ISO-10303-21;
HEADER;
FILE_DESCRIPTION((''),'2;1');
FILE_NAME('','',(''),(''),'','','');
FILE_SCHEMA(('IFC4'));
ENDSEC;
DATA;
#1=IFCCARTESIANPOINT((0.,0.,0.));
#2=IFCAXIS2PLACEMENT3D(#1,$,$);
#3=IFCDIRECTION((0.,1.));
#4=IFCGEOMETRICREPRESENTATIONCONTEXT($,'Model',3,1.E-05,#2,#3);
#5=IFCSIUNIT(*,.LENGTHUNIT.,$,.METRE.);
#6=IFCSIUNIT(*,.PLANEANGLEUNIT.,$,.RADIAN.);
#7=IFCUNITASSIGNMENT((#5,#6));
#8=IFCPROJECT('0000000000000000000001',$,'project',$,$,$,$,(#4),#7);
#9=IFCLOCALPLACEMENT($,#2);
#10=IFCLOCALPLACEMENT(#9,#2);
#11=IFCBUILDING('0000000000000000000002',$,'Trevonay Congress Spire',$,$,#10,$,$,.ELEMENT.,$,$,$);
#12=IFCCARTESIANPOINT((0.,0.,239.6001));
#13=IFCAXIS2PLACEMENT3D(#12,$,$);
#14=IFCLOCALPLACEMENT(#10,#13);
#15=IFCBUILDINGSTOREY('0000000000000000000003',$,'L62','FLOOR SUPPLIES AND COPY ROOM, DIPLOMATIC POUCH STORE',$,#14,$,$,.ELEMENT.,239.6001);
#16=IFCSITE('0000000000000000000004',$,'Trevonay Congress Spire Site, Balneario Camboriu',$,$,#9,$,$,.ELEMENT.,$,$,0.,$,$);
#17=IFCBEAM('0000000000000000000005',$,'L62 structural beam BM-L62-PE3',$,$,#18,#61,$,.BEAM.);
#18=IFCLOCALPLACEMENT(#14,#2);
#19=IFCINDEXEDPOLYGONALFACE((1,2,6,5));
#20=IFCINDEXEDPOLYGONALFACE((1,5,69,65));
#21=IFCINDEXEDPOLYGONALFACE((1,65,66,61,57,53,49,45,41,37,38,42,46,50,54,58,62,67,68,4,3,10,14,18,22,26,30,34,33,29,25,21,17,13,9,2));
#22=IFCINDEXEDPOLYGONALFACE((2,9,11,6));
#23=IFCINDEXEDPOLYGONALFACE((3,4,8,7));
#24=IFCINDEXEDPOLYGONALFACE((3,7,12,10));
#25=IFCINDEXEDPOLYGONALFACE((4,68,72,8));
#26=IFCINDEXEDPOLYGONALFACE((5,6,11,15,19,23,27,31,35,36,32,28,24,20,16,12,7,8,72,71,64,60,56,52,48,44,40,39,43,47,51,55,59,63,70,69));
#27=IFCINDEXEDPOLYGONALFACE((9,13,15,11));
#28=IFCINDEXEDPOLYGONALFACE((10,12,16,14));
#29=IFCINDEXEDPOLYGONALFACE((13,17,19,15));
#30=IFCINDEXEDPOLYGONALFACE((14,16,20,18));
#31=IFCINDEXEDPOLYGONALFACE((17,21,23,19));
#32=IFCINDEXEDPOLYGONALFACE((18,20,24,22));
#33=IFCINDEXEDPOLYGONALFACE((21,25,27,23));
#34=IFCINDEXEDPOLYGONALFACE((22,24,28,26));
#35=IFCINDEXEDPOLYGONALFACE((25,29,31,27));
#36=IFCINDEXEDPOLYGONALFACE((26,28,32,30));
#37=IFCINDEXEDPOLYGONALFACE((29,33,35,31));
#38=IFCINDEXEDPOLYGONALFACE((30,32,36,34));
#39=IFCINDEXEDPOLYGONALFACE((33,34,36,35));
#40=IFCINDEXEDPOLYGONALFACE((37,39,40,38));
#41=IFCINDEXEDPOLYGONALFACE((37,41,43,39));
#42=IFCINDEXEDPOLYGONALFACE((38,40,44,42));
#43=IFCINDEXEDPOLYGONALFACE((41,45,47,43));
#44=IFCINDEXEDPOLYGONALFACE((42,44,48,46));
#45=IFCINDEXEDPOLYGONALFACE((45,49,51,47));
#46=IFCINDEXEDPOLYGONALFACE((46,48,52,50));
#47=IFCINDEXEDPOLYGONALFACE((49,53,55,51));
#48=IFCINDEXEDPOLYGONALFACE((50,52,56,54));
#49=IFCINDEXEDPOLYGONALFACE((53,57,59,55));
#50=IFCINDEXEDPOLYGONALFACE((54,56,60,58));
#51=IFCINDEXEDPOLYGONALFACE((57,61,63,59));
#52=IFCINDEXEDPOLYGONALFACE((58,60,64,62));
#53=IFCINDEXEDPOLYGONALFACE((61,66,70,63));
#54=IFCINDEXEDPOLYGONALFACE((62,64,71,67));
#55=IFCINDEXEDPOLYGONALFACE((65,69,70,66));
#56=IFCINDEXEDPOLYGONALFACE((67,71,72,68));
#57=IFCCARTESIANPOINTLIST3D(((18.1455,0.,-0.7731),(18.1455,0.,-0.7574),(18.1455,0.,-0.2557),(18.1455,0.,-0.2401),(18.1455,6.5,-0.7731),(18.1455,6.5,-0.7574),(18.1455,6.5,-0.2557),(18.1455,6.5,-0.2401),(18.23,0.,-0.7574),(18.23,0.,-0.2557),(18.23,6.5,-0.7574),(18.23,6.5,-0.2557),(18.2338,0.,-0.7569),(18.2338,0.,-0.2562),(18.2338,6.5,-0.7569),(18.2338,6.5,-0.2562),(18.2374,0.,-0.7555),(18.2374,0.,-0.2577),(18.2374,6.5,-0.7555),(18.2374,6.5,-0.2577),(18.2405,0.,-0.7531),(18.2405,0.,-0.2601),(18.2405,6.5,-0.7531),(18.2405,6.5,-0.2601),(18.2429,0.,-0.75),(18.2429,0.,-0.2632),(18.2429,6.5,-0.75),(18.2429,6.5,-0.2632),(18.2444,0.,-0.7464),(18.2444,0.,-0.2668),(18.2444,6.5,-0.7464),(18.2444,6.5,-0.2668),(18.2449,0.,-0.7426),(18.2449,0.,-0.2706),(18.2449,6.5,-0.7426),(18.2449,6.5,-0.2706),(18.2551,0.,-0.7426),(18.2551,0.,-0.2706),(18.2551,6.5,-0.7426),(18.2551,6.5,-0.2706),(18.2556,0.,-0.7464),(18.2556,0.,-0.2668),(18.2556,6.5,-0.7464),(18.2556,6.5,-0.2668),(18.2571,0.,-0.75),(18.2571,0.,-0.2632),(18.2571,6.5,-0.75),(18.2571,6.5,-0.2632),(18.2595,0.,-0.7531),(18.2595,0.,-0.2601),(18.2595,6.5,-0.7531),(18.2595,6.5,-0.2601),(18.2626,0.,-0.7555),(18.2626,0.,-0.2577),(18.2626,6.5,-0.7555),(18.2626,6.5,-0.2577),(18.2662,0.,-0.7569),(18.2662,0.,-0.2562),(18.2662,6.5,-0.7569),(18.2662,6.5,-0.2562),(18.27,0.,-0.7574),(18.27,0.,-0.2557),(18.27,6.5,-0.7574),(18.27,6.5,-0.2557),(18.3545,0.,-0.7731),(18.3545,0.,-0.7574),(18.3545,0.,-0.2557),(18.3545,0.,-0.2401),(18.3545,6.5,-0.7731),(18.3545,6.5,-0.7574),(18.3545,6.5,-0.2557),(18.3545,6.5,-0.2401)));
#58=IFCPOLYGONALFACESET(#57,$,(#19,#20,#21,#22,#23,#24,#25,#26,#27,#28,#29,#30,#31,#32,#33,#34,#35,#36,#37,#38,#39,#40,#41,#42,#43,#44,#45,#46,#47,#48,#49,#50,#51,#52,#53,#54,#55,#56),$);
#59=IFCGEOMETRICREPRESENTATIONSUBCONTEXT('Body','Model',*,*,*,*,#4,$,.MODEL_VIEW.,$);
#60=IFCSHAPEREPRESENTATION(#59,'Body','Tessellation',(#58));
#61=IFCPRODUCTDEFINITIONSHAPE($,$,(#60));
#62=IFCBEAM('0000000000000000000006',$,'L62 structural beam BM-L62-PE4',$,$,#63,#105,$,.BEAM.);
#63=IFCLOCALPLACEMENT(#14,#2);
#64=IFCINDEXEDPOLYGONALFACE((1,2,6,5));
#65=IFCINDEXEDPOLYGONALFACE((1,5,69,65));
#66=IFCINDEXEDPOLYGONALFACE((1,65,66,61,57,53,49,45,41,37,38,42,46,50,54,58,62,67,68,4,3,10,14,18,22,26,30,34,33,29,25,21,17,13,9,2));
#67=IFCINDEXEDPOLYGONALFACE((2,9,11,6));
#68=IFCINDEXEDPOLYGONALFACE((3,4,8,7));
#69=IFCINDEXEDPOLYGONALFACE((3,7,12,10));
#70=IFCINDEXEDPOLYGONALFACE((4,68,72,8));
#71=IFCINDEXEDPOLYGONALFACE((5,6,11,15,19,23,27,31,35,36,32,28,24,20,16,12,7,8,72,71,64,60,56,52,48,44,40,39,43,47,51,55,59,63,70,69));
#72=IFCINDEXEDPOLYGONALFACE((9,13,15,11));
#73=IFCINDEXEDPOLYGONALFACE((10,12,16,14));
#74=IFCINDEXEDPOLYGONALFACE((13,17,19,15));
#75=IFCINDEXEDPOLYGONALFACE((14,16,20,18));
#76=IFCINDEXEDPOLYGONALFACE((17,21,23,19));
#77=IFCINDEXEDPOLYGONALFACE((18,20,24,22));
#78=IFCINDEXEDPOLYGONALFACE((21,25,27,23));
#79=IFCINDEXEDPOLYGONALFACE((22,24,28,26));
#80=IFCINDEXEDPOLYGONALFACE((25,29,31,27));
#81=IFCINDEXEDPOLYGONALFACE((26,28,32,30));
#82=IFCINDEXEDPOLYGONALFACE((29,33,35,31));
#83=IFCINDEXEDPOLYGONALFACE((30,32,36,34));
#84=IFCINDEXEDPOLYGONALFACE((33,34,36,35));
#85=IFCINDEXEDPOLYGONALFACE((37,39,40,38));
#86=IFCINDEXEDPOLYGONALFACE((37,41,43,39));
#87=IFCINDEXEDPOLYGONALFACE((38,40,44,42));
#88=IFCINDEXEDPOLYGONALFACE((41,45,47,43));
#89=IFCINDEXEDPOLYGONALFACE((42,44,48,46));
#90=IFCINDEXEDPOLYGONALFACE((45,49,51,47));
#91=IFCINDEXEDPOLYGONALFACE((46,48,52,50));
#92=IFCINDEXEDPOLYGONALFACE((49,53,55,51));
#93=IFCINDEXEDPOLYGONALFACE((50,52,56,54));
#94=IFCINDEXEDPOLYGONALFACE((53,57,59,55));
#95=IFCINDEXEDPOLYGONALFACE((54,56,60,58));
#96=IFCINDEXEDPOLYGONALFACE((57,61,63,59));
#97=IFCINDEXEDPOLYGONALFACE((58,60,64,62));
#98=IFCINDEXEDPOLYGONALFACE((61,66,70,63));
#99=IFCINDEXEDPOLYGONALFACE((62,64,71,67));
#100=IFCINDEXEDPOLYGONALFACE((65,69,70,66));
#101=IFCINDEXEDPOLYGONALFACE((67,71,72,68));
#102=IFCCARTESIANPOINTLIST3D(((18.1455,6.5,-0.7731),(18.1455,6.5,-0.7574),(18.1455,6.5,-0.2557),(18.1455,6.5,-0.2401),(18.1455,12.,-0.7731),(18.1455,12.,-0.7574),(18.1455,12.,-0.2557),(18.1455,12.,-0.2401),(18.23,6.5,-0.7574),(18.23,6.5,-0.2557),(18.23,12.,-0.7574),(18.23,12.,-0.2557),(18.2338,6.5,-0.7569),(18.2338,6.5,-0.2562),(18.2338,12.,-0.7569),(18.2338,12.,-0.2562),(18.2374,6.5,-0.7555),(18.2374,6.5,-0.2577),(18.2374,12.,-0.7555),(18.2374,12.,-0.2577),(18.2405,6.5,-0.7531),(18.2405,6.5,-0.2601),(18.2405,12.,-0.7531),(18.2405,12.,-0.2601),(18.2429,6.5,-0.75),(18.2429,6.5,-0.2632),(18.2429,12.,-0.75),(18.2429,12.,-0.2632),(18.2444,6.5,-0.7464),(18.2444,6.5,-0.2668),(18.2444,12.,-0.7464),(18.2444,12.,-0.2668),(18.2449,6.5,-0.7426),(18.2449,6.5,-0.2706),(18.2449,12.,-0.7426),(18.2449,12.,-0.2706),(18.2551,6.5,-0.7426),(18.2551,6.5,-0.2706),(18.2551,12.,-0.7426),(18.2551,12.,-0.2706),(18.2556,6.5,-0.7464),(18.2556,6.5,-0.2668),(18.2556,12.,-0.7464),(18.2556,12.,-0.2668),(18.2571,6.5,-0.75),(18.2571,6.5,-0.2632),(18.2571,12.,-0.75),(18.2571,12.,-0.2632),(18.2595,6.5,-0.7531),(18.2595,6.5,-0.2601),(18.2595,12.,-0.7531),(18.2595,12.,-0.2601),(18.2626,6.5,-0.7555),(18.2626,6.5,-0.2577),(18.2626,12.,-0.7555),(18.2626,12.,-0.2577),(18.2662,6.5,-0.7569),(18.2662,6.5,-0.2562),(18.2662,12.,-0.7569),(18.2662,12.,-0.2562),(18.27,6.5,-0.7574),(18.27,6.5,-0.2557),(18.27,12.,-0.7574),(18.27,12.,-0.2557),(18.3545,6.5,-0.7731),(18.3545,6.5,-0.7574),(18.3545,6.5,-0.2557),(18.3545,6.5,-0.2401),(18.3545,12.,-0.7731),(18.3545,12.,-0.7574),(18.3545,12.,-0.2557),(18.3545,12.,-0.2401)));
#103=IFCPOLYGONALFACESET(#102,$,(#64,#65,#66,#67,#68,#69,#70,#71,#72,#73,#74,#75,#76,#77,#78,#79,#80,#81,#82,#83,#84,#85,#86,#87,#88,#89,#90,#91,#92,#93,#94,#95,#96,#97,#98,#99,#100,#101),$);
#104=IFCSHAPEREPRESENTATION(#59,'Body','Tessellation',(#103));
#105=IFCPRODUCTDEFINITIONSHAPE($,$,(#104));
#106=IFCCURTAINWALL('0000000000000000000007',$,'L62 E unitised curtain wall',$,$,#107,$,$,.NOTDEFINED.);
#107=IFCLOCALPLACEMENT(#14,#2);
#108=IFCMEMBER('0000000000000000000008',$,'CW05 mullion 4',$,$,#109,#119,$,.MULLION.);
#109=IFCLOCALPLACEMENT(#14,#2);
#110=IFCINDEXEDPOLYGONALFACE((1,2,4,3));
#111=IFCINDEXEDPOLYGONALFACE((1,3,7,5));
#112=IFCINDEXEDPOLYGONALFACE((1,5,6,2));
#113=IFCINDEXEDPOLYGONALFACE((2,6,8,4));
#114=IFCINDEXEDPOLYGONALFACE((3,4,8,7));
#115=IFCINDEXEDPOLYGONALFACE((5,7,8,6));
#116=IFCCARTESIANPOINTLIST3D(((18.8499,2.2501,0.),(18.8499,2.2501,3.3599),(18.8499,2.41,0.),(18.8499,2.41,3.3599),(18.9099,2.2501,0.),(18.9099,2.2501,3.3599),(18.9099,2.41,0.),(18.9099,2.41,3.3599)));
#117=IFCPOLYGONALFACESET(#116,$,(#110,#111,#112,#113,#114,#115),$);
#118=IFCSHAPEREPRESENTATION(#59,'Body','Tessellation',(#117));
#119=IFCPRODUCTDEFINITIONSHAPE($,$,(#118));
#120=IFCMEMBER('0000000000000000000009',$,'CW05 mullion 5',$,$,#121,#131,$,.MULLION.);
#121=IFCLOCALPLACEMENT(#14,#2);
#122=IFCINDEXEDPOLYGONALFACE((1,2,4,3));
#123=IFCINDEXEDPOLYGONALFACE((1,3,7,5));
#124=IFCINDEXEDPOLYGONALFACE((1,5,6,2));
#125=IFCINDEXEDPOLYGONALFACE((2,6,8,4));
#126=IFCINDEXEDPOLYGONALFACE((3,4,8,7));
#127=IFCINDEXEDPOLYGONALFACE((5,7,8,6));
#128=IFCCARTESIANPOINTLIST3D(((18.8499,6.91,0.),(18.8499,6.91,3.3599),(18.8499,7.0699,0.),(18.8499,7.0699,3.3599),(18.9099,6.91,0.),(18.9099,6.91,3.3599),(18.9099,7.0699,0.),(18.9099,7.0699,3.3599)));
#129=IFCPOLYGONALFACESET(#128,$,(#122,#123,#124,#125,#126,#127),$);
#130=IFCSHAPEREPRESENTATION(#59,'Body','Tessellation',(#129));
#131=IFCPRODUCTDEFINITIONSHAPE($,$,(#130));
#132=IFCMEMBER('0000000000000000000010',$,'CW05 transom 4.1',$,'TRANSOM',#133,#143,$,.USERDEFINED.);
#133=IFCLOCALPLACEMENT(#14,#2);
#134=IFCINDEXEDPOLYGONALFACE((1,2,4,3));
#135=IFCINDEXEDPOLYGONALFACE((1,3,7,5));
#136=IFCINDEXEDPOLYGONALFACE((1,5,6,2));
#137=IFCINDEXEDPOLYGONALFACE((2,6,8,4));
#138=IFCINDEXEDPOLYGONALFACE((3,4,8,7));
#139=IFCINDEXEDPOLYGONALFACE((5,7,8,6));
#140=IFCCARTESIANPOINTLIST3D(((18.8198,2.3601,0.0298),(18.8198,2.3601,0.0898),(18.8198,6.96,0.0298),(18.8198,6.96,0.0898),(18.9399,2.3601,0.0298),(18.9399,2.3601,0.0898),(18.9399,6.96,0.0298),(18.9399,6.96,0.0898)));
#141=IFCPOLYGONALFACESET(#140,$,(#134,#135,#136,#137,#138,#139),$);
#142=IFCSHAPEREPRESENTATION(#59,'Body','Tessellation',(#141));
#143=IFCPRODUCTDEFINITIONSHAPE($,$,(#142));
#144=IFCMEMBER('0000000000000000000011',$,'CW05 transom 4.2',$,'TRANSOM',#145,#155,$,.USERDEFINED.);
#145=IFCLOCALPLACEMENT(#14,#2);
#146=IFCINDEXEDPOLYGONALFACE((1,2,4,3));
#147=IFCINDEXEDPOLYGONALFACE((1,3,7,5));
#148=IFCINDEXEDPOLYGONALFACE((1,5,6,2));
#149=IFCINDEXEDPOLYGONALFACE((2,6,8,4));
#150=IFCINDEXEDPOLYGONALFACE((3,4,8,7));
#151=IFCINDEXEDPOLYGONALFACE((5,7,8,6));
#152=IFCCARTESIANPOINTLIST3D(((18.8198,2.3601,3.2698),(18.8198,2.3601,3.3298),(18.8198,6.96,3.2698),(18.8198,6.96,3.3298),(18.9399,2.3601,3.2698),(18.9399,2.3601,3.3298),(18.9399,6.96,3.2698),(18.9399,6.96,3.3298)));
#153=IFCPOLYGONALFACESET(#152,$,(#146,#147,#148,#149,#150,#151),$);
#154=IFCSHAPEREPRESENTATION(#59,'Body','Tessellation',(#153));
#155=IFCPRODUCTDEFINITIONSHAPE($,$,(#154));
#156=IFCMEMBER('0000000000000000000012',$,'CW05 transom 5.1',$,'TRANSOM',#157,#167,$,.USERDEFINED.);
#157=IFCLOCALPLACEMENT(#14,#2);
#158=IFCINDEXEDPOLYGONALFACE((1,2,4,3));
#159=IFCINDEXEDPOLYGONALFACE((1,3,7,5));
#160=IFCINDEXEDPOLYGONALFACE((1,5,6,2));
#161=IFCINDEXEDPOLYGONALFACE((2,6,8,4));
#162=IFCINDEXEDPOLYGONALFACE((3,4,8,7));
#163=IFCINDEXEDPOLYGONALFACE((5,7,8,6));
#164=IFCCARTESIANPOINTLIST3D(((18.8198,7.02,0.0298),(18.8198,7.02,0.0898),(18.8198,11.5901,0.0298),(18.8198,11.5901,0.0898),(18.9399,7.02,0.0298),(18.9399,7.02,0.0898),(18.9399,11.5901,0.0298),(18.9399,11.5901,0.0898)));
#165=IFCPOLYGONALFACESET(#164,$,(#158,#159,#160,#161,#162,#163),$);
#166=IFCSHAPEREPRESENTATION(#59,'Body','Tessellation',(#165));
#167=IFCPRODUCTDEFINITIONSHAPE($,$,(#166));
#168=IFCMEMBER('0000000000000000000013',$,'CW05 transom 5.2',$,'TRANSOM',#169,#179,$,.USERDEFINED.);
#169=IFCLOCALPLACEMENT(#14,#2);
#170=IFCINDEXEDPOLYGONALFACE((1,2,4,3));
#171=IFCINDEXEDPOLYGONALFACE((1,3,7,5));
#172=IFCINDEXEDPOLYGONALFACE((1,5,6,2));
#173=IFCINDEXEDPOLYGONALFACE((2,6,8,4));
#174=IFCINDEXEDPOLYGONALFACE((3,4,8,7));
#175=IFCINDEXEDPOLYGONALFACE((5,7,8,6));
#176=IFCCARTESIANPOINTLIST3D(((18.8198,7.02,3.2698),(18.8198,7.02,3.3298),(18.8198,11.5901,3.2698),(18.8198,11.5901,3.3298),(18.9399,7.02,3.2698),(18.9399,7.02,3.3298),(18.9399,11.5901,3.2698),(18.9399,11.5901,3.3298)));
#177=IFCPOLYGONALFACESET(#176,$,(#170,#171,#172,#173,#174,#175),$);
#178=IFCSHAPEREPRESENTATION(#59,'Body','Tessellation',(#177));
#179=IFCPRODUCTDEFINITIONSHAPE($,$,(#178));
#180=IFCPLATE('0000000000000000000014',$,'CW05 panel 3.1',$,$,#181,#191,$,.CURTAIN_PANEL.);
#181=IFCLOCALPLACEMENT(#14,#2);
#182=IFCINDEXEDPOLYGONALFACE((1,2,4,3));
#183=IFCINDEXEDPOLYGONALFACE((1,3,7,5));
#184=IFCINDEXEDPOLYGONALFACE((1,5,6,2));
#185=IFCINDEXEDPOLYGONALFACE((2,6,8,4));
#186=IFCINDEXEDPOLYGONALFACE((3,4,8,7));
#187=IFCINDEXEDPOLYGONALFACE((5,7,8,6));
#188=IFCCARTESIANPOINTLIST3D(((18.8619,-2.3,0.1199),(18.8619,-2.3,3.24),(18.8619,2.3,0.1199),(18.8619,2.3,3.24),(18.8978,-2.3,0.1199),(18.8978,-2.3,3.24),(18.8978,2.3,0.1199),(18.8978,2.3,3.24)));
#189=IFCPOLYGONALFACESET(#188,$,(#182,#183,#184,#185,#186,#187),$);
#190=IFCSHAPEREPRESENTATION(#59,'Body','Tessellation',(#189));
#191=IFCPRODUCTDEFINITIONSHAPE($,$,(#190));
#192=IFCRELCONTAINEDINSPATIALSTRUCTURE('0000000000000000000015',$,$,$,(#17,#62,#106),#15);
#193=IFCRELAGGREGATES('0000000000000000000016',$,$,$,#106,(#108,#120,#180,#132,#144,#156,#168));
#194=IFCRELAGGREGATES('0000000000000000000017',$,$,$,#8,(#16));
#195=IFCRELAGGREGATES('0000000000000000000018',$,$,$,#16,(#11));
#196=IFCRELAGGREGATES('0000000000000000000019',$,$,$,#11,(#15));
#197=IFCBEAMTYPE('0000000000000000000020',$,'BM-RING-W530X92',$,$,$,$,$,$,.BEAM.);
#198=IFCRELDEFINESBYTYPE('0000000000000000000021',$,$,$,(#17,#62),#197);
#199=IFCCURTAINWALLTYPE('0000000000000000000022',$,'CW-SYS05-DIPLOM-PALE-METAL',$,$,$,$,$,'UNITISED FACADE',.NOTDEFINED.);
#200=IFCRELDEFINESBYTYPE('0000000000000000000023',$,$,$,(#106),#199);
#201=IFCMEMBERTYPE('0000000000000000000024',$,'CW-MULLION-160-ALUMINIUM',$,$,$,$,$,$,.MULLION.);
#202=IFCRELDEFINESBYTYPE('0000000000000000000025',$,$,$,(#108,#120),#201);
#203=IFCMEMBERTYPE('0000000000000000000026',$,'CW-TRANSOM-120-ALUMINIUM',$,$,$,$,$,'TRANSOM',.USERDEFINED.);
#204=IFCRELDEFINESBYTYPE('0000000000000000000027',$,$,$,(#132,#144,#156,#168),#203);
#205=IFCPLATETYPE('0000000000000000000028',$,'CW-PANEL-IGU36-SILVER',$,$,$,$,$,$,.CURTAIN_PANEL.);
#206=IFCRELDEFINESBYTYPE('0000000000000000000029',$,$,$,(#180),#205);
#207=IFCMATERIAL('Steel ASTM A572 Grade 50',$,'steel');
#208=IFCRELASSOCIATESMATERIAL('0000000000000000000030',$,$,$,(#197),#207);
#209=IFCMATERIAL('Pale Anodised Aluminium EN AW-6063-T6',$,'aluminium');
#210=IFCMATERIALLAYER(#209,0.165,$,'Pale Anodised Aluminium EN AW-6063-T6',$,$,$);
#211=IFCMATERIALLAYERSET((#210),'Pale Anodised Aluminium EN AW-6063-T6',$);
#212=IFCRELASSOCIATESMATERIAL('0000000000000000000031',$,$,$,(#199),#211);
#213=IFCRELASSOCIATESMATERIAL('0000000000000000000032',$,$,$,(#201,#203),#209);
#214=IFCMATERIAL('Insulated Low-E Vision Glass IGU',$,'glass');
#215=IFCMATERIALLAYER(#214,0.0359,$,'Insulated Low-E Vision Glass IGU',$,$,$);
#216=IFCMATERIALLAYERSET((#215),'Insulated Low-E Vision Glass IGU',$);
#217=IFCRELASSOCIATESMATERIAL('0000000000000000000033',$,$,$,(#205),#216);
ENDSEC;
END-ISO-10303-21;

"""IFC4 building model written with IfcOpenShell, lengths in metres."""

from ifc_helpers import new_model, si_unit, direction, frame, origin, origin_2d, place, context, subcontext, project, spatial, rectangle, i_section, extrude, material, layer, layer_set, material_profile, profile_set, type_object, element, aggregate, save


model = new_model("IFC4")

# Units and contexts
model_context = context("Model", 3, precision=1e-05, world=origin(), true_north=direction((0.0, 1.0)))
body_context = subcontext(model_context, "Body", "Model", "MODEL_VIEW")
ifc_project = project(units=[si_unit("LENGTHUNIT", "METRE"), si_unit("PLANEANGLEUNIT", "RADIAN")], contexts=[model_context])

# Site, building, storey
site_placement = place(None, origin())
site = spatial("IfcSite", under=ifc_project, at=site_placement, Name="Trevonay Congress Spire Site, Balneario Camboriu", CompositionType="ELEMENT", RefElevation=0.0)
building_placement = place(site_placement, origin())
building = spatial("IfcBuilding", under=site, at=building_placement, Name="Trevonay Congress Spire", CompositionType="ELEMENT")
storey_placement = place(building_placement, frame((0.0, 0.0, 239.6001)))
storey = spatial("IfcBuildingStorey", under=building, at=storey_placement, Name="L62", Description="FLOOR SUPPLIES AND COPY ROOM, DIPLOMATIC POUCH STORE", CompositionType="ELEMENT", Elevation=239.6001)

# Shared definitions
ifc_material_1 = material(Name="Steel ASTM A572 Grade 50", Category="steel")

# Beams
ifc_material_profile_1 = material_profile(ifc_material_1, i_section(OverallWidth=0.209, OverallDepth=0.533, WebThickness=0.0103, FlangeThickness=0.0156, FilletRadius=0.0149, at=origin_2d()), Name="W530x92")
ifc_profile_set_1 = profile_set([ifc_material_profile_1], Name="Steel ASTM A572 Grade 50")
beam_type_1 = type_object("IfcBeamType", Name="BM-RING-W530X92", PredefinedType="BEAM", material=ifc_profile_set_1)
beam_1_placement = place(storey_placement, frame((18.25, 0.0, -0.5066), z_axis=(0.0, 1.0, 0.0), x_axis=(-1.0, 0.0, 0.0)))
element("IfcBeam", 1, at=beam_1_placement, inside=storey, type_object=beam_type_1, Name="L62 structural beam BM-L62-PE3", PredefinedType="BEAM", context=body_context, shape_type="SweptSolid", body=[
    extrude(i_section(OverallWidth=0.209, OverallDepth=0.533, WebThickness=0.0103, FlangeThickness=0.0156, FilletRadius=0.0149, at=origin_2d()), origin(), (0.0, 0.0, 1.0), 6.5),
])
beam_2_placement = place(storey_placement, frame((18.25, 6.5, -0.5066), z_axis=(0.0, 1.0, 0.0), x_axis=(-1.0, 0.0, 0.0)))
element("IfcBeam", 2, at=beam_2_placement, inside=storey, type_object=beam_type_1, Name="L62 structural beam BM-L62-PE4", PredefinedType="BEAM", context=body_context, shape_type="SweptSolid", body=[
    extrude(i_section(OverallWidth=0.209, OverallDepth=0.533, WebThickness=0.0103, FlangeThickness=0.0156, FilletRadius=0.0149, at=origin_2d()), origin(), (0.0, 0.0, 1.0), 5.5),
])

# Curtain wall, members, plate
ifc_material_2 = material(Name="Pale Anodised Aluminium EN AW-6063-T6", Category="aluminium")
ifc_layer_1 = layer(ifc_material_2, 0.165, Name="Pale Anodised Aluminium EN AW-6063-T6")
ifc_layer_set_1 = layer_set([ifc_layer_1], Name="Pale Anodised Aluminium EN AW-6063-T6")
curtain_wall_type = type_object("IfcCurtainWallType", Name="CW-SYS05-DIPLOM-PALE-METAL", ElementType="UNITISED FACADE", PredefinedType="NOTDEFINED", material=ifc_layer_set_1)
curtain_wall_placement = place(storey_placement, origin())
curtain_wall = element("IfcCurtainWall", 3, at=curtain_wall_placement, inside=storey, type_object=curtain_wall_type, Name="L62 E unitised curtain wall", PredefinedType="NOTDEFINED")
ifc_material_profile_2 = material_profile(ifc_material_2, rectangle(XDim=0.0601, YDim=0.1599, at=origin_2d()), Name="CW-MULLION-160-ALUMINIUM")
ifc_profile_set_2 = profile_set([ifc_material_profile_2], Name="Pale Anodised Aluminium EN AW-6063-T6")
member_type_1 = type_object("IfcMemberType", Name="CW-MULLION-160-ALUMINIUM", PredefinedType="MULLION", material=ifc_profile_set_2)
member_1_placement = place(storey_placement, frame((18.8799, 2.3301, 0.0), z_axis=(0.0, 0.0, 1.0), x_axis=(-1.0, 0.0, 0.0)))
member_1 = element("IfcMember", 4, at=member_1_placement, type_object=member_type_1, Name="CW05 mullion 4", PredefinedType="MULLION", context=body_context, shape_type="SweptSolid", body=[
    extrude(rectangle(XDim=0.0601, YDim=0.1599, at=origin_2d()), origin(), (0.0, 0.0, 1.0), 3.3599),
])
member_2_placement = place(storey_placement, frame((18.8799, 6.99, 0.0), z_axis=(0.0, 0.0, 1.0), x_axis=(-1.0, 0.0, 0.0)))
member_2 = element("IfcMember", 5, at=member_2_placement, type_object=member_type_1, Name="CW05 mullion 5", PredefinedType="MULLION", context=body_context, shape_type="SweptSolid", body=[
    extrude(rectangle(XDim=0.0601, YDim=0.1599, at=origin_2d()), origin(), (0.0, 0.0, 1.0), 3.3599),
])
ifc_material_profile_3 = material_profile(ifc_material_2, rectangle(XDim=0.1201, YDim=0.0601, at=origin_2d()), Name="CW-TRANSOM-120-ALUMINIUM")
ifc_profile_set_3 = profile_set([ifc_material_profile_3], Name="Pale Anodised Aluminium EN AW-6063-T6")
member_type_2 = type_object("IfcMemberType", Name="CW-TRANSOM-120-ALUMINIUM", ElementType="TRANSOM", PredefinedType="USERDEFINED", material=ifc_profile_set_3)
member_3_placement = place(storey_placement, frame((18.8799, 2.3601, 0.0598), z_axis=(0.0, 1.0, 0.0), x_axis=(-1.0, 0.0, 0.0)))
member_3 = element("IfcMember", 6, at=member_3_placement, type_object=member_type_2, Name="CW05 transom 4.1", ObjectType="TRANSOM", PredefinedType="USERDEFINED", context=body_context, shape_type="SweptSolid", body=[
    extrude(rectangle(XDim=0.1201, YDim=0.0601, at=origin_2d()), origin(), (0.0, 0.0, 1.0), 4.5999),
])
member_4_placement = place(storey_placement, frame((18.8799, 2.3601, 3.2998), z_axis=(0.0, 1.0, 0.0), x_axis=(-1.0, 0.0, 0.0)))
member_4 = element("IfcMember", 7, at=member_4_placement, type_object=member_type_2, Name="CW05 transom 4.2", ObjectType="TRANSOM", PredefinedType="USERDEFINED", context=body_context, shape_type="SweptSolid", body=[
    extrude(rectangle(XDim=0.1201, YDim=0.0601, at=origin_2d()), origin(), (0.0, 0.0, 1.0), 4.5999),
])
member_5_placement = place(storey_placement, frame((18.8799, 7.02, 0.0598), z_axis=(0.0, 1.0, 0.0), x_axis=(-1.0, 0.0, 0.0)))
member_5 = element("IfcMember", 8, at=member_5_placement, type_object=member_type_2, Name="CW05 transom 5.1", ObjectType="TRANSOM", PredefinedType="USERDEFINED", context=body_context, shape_type="SweptSolid", body=[
    extrude(rectangle(XDim=0.1201, YDim=0.0601, at=origin_2d()), origin(), (0.0, 0.0, 1.0), 4.5701),
])
member_6_placement = place(storey_placement, frame((18.8799, 7.02, 3.2998), z_axis=(0.0, 1.0, 0.0), x_axis=(-1.0, 0.0, 0.0)))
member_6 = element("IfcMember", 9, at=member_6_placement, type_object=member_type_2, Name="CW05 transom 5.2", ObjectType="TRANSOM", PredefinedType="USERDEFINED", context=body_context, shape_type="SweptSolid", body=[
    extrude(rectangle(XDim=0.1201, YDim=0.0601, at=origin_2d()), origin(), (0.0, 0.0, 1.0), 4.5701),
])
ifc_material_3 = material(Name="Insulated Low-E Vision Glass IGU", Category="glass")
ifc_layer_2 = layer(ifc_material_3, 0.0359, Name="Insulated Low-E Vision Glass IGU")
ifc_layer_set_2 = layer_set([ifc_layer_2], Name="Insulated Low-E Vision Glass IGU")
plate_type = type_object("IfcPlateType", Name="CW-PANEL-IGU36-SILVER", PredefinedType="CURTAIN_PANEL", material=ifc_layer_set_2)
plate_1_placement = place(storey_placement, frame((18.8799, 0.0, 0.1199), z_axis=(0.0, 0.0, 1.0), x_axis=(0.0, 1.0, 0.0)))
plate_1 = element("IfcPlate", 10, at=plate_1_placement, type_object=plate_type, Name="CW05 panel 3.1", PredefinedType="CURTAIN_PANEL", context=body_context, shape_type="SweptSolid", body=[
    extrude(rectangle(XDim=4.6001, YDim=0.0359, at=origin_2d()), origin(), (0.0, 0.0, 1.0), 3.1201),
])
aggregate(curtain_wall, [member_1, member_2, plate_1, member_3, member_4, member_5, member_6])

save(model, "model.ifc")
